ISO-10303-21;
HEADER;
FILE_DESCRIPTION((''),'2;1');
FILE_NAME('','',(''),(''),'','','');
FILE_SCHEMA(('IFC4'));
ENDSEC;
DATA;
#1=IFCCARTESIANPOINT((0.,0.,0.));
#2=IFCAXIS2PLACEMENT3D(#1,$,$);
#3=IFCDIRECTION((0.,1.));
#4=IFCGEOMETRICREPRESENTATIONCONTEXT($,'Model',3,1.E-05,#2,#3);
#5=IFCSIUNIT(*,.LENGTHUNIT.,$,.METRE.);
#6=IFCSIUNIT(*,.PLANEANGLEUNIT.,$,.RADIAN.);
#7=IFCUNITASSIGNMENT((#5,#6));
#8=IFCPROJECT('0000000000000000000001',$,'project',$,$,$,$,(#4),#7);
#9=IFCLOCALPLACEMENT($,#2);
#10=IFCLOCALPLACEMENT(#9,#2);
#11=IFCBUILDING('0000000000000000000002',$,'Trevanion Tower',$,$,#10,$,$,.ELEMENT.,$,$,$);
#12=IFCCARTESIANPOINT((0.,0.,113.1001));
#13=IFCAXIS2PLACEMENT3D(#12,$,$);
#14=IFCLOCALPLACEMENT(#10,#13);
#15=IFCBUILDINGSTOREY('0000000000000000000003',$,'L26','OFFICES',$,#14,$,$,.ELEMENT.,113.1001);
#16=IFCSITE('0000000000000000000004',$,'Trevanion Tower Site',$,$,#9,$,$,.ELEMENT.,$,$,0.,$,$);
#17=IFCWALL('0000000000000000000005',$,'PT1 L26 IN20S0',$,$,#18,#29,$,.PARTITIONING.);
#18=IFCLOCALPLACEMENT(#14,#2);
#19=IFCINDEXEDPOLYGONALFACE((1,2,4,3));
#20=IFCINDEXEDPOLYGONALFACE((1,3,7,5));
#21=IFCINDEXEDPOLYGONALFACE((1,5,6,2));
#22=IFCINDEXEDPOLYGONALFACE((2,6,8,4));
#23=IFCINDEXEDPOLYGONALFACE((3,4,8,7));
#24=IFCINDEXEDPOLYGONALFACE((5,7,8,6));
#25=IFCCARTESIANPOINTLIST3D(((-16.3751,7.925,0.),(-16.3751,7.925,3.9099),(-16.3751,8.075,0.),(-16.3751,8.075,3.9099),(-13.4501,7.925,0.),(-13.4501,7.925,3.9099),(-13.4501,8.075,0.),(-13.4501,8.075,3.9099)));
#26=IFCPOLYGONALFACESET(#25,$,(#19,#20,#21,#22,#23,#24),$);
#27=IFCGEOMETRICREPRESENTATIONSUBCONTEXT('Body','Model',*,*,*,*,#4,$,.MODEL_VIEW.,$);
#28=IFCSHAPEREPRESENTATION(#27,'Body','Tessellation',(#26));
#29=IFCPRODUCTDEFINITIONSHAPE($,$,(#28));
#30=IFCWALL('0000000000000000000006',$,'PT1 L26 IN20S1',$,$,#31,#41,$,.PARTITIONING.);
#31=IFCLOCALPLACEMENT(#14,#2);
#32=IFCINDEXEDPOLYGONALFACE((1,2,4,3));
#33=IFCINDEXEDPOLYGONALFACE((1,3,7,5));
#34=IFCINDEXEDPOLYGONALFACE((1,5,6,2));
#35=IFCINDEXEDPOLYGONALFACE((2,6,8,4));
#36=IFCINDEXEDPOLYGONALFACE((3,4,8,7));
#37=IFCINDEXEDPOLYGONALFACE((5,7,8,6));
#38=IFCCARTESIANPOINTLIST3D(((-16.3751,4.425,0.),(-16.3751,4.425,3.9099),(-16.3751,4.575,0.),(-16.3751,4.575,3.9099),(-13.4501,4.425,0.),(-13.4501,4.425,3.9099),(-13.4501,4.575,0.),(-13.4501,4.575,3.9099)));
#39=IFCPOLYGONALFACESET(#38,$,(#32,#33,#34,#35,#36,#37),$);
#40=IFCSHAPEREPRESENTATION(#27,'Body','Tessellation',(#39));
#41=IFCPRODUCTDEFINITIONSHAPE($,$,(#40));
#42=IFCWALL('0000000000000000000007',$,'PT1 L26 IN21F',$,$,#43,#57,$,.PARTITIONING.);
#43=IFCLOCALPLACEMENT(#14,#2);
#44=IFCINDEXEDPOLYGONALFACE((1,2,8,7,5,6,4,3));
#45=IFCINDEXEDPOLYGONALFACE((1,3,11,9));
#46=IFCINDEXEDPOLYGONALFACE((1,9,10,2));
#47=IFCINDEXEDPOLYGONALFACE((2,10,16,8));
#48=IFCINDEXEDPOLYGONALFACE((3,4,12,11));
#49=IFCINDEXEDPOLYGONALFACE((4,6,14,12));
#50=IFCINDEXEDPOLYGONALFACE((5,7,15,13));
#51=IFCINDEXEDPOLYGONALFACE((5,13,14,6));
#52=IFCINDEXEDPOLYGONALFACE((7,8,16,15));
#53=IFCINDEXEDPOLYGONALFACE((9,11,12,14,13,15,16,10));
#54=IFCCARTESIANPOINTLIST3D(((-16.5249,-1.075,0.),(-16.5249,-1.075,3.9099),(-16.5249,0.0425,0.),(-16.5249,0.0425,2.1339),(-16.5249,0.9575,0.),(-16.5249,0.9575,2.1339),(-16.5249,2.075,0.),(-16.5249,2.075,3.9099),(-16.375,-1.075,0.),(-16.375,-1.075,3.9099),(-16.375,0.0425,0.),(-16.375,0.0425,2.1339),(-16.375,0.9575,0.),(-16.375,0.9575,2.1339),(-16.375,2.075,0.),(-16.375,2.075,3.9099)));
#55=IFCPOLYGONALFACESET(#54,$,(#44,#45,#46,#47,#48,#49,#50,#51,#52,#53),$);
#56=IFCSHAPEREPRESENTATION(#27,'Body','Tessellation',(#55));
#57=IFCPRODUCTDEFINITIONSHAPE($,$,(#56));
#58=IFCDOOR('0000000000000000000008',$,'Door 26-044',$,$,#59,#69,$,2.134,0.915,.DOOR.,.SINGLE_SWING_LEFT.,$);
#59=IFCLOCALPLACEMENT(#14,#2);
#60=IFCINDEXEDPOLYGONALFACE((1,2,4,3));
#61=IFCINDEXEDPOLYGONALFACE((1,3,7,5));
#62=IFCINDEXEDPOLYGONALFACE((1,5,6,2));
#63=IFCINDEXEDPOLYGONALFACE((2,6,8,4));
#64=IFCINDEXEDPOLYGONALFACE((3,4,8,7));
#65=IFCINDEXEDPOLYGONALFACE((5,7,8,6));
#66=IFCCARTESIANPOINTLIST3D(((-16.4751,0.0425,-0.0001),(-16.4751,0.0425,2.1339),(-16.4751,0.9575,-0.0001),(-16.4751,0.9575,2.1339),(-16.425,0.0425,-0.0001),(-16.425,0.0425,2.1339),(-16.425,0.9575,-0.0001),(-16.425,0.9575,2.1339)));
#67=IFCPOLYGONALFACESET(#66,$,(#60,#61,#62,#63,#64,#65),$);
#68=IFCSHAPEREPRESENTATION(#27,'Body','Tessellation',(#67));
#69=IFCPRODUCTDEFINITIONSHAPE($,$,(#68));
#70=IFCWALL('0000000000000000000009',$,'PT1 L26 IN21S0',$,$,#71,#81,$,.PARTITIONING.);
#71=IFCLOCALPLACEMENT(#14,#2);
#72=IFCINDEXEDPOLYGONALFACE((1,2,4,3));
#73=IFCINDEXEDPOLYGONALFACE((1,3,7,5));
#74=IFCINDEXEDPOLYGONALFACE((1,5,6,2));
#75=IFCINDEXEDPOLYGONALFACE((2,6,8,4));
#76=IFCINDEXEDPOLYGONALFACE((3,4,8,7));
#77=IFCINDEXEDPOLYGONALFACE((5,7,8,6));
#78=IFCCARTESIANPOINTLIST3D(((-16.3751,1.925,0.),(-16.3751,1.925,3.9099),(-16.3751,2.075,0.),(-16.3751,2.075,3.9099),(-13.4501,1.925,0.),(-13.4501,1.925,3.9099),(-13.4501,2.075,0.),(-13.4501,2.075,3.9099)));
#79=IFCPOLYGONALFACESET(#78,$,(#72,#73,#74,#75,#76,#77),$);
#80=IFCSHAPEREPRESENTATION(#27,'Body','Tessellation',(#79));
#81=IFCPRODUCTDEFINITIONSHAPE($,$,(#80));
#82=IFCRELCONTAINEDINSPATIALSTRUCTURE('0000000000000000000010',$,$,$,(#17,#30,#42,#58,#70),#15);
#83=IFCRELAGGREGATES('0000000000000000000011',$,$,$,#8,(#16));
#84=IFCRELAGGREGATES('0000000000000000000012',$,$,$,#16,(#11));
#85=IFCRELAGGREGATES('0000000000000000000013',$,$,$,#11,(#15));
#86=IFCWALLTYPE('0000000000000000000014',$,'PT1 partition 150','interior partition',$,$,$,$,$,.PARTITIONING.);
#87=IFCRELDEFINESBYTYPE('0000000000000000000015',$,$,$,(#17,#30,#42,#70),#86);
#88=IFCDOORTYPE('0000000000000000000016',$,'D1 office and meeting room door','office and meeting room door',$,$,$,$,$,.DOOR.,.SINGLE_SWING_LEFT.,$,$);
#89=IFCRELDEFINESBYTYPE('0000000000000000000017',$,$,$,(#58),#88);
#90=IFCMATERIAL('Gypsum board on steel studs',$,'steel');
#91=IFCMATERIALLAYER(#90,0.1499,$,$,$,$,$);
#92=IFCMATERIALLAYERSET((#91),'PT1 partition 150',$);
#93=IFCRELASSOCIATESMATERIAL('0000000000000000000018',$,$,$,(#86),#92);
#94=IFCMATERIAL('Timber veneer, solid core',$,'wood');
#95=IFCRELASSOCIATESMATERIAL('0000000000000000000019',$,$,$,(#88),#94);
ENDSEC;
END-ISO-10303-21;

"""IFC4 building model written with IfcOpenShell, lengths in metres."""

from ifc_helpers import new_model, si_unit, direction, frame, frame_2d, origin, place, context, subcontext, project, spatial, rectangle, extrude, material, layer, layer_set, type_object, element, fill, save


model = new_model("IFC4")

# Units and contexts
model_context = context("Model", 3, precision=1e-05, world=origin(), true_north=direction((0.0, 1.0)))
body_context = subcontext(model_context, "Body", "Model", "MODEL_VIEW")
ifc_project = project(units=[si_unit("LENGTHUNIT", "METRE"), si_unit("PLANEANGLEUNIT", "RADIAN")], contexts=[model_context])

# Site, building, storey
site_placement = place(None, origin())
site = spatial("IfcSite", under=ifc_project, at=site_placement, Name="Trevanion Tower Site", CompositionType="ELEMENT", RefElevation=0.0)
building_placement = place(site_placement, origin())
building = spatial("IfcBuilding", under=site, at=building_placement, Name="Trevanion Tower", CompositionType="ELEMENT")
storey_placement = place(building_placement, frame((0.0, 0.0, 113.1001)))
storey = spatial("IfcBuildingStorey", under=building, at=storey_placement, Name="L26", Description="OFFICES", CompositionType="ELEMENT", Elevation=113.1001)

# Shared definitions
ifc_material_1 = material(Name="Gypsum board on steel studs", Category="steel")
ifc_layer_1 = layer(ifc_material_1, 0.1499)
ifc_layer_set_1 = layer_set([ifc_layer_1], Name="PT1 partition 150")
wall_type = type_object("IfcWallType", Name="PT1 partition 150", Description="interior partition", PredefinedType="PARTITIONING", material=ifc_layer_set_1)
ifc_material_2 = material(Name="Timber veneer, solid core", Category="wood")
door_type = type_object("IfcDoorType", Name="D1 office and meeting room door", Description="office and meeting room door", OperationType="SINGLE_SWING_LEFT", PredefinedType="DOOR", material=ifc_material_2)

# Walls
for number, where, z_axis, x_axis, name in (
    (1, (-16.375, 8.0, 0.0), (0.0, 0.0, 1.0), (1.0, 0.0, 0.0), "PT1 L26 IN20S0"),
    (2, (-16.375, 4.5, 0.0), (0.0, 0.0, 1.0), (1.0, 0.0, 0.0), "PT1 L26 IN20S1"),
):
    element("IfcWall", number, at=place(storey_placement, frame(where, z_axis=z_axis, x_axis=x_axis)), inside=storey, type_object=wall_type, Name=name, PredefinedType="PARTITIONING", context=body_context, shape_type="SweptSolid", body=[
        extrude(rectangle(XDim=2.925, YDim=0.1499, at=frame_2d((1.4624, 0.0))), origin(), (0.0, 0.0, 1.0), 3.9099),
    ])

# Wall, opening, door
wall_1_placement = place(storey_placement, frame((-16.45, 2.075, 0.0), z_axis=(0.0, 0.0, 1.0), x_axis=(0.0, -1.0, 0.0)))
wall_1 = element("IfcWall", 3, at=wall_1_placement, inside=storey, type_object=wall_type, Name="PT1 L26 IN21F", PredefinedType="PARTITIONING", context=body_context, shape_type="SweptSolid", body=[
    extrude(rectangle(XDim=3.1499, YDim=0.1499, at=frame_2d((1.575, 0.0))), origin(), (0.0, 0.0, 1.0), 3.9099),
])
opening_1_placement = place(wall_1_placement, frame((1.1174, 0.0, 0.0)))
opening_1 = element("IfcOpeningElement", 4, at=opening_1_placement, cuts=wall_1, PredefinedType="OPENING", context=body_context, shape_type="SweptSolid", body=[
    extrude(rectangle(XDim=0.915, YDim=2.134, at=frame_2d((0.4575, 1.0669))), frame((0.0, 0.085, 0.0), z_axis=(0.0, -1.0, 0.0), x_axis=(1.0, 0.0, 0.0)), (0.0, 0.0, 1.0), 0.1699),
])
door_1_placement = place(opening_1_placement, origin())
door_1 = element("IfcDoor", 5, at=door_1_placement, inside=storey, type_object=door_type, Name="Door 26-044", OperationType="SINGLE_SWING_LEFT", OverallHeight=2.134, OverallWidth=0.915, PredefinedType="DOOR", context=body_context, shape_type="SweptSolid", body=[
    extrude(rectangle(XDim=0.915, YDim=2.134, at=frame_2d((0.4575, 1.0669))), frame((0.0, 0.0249, 0.0), z_axis=(0.0, -1.0, 0.0), x_axis=(1.0, 0.0, 0.0)), (0.0, 0.0, 1.0), 0.05),
])
fill(opening_1, door_1)

# Wall
wall_2_placement = place(storey_placement, frame((-16.375, 2.0, 0.0), z_axis=(0.0, 0.0, 1.0), x_axis=(1.0, 0.0, 0.0)))
element("IfcWall", 6, at=wall_2_placement, inside=storey, type_object=wall_type, Name="PT1 L26 IN21S0", PredefinedType="PARTITIONING", context=body_context, shape_type="SweptSolid", body=[
    extrude(rectangle(XDim=2.925, YDim=0.1499, at=frame_2d((1.4624, 0.0))), origin(), (0.0, 0.0, 1.0), 3.9099),
])

save(model, "model.ifc")
